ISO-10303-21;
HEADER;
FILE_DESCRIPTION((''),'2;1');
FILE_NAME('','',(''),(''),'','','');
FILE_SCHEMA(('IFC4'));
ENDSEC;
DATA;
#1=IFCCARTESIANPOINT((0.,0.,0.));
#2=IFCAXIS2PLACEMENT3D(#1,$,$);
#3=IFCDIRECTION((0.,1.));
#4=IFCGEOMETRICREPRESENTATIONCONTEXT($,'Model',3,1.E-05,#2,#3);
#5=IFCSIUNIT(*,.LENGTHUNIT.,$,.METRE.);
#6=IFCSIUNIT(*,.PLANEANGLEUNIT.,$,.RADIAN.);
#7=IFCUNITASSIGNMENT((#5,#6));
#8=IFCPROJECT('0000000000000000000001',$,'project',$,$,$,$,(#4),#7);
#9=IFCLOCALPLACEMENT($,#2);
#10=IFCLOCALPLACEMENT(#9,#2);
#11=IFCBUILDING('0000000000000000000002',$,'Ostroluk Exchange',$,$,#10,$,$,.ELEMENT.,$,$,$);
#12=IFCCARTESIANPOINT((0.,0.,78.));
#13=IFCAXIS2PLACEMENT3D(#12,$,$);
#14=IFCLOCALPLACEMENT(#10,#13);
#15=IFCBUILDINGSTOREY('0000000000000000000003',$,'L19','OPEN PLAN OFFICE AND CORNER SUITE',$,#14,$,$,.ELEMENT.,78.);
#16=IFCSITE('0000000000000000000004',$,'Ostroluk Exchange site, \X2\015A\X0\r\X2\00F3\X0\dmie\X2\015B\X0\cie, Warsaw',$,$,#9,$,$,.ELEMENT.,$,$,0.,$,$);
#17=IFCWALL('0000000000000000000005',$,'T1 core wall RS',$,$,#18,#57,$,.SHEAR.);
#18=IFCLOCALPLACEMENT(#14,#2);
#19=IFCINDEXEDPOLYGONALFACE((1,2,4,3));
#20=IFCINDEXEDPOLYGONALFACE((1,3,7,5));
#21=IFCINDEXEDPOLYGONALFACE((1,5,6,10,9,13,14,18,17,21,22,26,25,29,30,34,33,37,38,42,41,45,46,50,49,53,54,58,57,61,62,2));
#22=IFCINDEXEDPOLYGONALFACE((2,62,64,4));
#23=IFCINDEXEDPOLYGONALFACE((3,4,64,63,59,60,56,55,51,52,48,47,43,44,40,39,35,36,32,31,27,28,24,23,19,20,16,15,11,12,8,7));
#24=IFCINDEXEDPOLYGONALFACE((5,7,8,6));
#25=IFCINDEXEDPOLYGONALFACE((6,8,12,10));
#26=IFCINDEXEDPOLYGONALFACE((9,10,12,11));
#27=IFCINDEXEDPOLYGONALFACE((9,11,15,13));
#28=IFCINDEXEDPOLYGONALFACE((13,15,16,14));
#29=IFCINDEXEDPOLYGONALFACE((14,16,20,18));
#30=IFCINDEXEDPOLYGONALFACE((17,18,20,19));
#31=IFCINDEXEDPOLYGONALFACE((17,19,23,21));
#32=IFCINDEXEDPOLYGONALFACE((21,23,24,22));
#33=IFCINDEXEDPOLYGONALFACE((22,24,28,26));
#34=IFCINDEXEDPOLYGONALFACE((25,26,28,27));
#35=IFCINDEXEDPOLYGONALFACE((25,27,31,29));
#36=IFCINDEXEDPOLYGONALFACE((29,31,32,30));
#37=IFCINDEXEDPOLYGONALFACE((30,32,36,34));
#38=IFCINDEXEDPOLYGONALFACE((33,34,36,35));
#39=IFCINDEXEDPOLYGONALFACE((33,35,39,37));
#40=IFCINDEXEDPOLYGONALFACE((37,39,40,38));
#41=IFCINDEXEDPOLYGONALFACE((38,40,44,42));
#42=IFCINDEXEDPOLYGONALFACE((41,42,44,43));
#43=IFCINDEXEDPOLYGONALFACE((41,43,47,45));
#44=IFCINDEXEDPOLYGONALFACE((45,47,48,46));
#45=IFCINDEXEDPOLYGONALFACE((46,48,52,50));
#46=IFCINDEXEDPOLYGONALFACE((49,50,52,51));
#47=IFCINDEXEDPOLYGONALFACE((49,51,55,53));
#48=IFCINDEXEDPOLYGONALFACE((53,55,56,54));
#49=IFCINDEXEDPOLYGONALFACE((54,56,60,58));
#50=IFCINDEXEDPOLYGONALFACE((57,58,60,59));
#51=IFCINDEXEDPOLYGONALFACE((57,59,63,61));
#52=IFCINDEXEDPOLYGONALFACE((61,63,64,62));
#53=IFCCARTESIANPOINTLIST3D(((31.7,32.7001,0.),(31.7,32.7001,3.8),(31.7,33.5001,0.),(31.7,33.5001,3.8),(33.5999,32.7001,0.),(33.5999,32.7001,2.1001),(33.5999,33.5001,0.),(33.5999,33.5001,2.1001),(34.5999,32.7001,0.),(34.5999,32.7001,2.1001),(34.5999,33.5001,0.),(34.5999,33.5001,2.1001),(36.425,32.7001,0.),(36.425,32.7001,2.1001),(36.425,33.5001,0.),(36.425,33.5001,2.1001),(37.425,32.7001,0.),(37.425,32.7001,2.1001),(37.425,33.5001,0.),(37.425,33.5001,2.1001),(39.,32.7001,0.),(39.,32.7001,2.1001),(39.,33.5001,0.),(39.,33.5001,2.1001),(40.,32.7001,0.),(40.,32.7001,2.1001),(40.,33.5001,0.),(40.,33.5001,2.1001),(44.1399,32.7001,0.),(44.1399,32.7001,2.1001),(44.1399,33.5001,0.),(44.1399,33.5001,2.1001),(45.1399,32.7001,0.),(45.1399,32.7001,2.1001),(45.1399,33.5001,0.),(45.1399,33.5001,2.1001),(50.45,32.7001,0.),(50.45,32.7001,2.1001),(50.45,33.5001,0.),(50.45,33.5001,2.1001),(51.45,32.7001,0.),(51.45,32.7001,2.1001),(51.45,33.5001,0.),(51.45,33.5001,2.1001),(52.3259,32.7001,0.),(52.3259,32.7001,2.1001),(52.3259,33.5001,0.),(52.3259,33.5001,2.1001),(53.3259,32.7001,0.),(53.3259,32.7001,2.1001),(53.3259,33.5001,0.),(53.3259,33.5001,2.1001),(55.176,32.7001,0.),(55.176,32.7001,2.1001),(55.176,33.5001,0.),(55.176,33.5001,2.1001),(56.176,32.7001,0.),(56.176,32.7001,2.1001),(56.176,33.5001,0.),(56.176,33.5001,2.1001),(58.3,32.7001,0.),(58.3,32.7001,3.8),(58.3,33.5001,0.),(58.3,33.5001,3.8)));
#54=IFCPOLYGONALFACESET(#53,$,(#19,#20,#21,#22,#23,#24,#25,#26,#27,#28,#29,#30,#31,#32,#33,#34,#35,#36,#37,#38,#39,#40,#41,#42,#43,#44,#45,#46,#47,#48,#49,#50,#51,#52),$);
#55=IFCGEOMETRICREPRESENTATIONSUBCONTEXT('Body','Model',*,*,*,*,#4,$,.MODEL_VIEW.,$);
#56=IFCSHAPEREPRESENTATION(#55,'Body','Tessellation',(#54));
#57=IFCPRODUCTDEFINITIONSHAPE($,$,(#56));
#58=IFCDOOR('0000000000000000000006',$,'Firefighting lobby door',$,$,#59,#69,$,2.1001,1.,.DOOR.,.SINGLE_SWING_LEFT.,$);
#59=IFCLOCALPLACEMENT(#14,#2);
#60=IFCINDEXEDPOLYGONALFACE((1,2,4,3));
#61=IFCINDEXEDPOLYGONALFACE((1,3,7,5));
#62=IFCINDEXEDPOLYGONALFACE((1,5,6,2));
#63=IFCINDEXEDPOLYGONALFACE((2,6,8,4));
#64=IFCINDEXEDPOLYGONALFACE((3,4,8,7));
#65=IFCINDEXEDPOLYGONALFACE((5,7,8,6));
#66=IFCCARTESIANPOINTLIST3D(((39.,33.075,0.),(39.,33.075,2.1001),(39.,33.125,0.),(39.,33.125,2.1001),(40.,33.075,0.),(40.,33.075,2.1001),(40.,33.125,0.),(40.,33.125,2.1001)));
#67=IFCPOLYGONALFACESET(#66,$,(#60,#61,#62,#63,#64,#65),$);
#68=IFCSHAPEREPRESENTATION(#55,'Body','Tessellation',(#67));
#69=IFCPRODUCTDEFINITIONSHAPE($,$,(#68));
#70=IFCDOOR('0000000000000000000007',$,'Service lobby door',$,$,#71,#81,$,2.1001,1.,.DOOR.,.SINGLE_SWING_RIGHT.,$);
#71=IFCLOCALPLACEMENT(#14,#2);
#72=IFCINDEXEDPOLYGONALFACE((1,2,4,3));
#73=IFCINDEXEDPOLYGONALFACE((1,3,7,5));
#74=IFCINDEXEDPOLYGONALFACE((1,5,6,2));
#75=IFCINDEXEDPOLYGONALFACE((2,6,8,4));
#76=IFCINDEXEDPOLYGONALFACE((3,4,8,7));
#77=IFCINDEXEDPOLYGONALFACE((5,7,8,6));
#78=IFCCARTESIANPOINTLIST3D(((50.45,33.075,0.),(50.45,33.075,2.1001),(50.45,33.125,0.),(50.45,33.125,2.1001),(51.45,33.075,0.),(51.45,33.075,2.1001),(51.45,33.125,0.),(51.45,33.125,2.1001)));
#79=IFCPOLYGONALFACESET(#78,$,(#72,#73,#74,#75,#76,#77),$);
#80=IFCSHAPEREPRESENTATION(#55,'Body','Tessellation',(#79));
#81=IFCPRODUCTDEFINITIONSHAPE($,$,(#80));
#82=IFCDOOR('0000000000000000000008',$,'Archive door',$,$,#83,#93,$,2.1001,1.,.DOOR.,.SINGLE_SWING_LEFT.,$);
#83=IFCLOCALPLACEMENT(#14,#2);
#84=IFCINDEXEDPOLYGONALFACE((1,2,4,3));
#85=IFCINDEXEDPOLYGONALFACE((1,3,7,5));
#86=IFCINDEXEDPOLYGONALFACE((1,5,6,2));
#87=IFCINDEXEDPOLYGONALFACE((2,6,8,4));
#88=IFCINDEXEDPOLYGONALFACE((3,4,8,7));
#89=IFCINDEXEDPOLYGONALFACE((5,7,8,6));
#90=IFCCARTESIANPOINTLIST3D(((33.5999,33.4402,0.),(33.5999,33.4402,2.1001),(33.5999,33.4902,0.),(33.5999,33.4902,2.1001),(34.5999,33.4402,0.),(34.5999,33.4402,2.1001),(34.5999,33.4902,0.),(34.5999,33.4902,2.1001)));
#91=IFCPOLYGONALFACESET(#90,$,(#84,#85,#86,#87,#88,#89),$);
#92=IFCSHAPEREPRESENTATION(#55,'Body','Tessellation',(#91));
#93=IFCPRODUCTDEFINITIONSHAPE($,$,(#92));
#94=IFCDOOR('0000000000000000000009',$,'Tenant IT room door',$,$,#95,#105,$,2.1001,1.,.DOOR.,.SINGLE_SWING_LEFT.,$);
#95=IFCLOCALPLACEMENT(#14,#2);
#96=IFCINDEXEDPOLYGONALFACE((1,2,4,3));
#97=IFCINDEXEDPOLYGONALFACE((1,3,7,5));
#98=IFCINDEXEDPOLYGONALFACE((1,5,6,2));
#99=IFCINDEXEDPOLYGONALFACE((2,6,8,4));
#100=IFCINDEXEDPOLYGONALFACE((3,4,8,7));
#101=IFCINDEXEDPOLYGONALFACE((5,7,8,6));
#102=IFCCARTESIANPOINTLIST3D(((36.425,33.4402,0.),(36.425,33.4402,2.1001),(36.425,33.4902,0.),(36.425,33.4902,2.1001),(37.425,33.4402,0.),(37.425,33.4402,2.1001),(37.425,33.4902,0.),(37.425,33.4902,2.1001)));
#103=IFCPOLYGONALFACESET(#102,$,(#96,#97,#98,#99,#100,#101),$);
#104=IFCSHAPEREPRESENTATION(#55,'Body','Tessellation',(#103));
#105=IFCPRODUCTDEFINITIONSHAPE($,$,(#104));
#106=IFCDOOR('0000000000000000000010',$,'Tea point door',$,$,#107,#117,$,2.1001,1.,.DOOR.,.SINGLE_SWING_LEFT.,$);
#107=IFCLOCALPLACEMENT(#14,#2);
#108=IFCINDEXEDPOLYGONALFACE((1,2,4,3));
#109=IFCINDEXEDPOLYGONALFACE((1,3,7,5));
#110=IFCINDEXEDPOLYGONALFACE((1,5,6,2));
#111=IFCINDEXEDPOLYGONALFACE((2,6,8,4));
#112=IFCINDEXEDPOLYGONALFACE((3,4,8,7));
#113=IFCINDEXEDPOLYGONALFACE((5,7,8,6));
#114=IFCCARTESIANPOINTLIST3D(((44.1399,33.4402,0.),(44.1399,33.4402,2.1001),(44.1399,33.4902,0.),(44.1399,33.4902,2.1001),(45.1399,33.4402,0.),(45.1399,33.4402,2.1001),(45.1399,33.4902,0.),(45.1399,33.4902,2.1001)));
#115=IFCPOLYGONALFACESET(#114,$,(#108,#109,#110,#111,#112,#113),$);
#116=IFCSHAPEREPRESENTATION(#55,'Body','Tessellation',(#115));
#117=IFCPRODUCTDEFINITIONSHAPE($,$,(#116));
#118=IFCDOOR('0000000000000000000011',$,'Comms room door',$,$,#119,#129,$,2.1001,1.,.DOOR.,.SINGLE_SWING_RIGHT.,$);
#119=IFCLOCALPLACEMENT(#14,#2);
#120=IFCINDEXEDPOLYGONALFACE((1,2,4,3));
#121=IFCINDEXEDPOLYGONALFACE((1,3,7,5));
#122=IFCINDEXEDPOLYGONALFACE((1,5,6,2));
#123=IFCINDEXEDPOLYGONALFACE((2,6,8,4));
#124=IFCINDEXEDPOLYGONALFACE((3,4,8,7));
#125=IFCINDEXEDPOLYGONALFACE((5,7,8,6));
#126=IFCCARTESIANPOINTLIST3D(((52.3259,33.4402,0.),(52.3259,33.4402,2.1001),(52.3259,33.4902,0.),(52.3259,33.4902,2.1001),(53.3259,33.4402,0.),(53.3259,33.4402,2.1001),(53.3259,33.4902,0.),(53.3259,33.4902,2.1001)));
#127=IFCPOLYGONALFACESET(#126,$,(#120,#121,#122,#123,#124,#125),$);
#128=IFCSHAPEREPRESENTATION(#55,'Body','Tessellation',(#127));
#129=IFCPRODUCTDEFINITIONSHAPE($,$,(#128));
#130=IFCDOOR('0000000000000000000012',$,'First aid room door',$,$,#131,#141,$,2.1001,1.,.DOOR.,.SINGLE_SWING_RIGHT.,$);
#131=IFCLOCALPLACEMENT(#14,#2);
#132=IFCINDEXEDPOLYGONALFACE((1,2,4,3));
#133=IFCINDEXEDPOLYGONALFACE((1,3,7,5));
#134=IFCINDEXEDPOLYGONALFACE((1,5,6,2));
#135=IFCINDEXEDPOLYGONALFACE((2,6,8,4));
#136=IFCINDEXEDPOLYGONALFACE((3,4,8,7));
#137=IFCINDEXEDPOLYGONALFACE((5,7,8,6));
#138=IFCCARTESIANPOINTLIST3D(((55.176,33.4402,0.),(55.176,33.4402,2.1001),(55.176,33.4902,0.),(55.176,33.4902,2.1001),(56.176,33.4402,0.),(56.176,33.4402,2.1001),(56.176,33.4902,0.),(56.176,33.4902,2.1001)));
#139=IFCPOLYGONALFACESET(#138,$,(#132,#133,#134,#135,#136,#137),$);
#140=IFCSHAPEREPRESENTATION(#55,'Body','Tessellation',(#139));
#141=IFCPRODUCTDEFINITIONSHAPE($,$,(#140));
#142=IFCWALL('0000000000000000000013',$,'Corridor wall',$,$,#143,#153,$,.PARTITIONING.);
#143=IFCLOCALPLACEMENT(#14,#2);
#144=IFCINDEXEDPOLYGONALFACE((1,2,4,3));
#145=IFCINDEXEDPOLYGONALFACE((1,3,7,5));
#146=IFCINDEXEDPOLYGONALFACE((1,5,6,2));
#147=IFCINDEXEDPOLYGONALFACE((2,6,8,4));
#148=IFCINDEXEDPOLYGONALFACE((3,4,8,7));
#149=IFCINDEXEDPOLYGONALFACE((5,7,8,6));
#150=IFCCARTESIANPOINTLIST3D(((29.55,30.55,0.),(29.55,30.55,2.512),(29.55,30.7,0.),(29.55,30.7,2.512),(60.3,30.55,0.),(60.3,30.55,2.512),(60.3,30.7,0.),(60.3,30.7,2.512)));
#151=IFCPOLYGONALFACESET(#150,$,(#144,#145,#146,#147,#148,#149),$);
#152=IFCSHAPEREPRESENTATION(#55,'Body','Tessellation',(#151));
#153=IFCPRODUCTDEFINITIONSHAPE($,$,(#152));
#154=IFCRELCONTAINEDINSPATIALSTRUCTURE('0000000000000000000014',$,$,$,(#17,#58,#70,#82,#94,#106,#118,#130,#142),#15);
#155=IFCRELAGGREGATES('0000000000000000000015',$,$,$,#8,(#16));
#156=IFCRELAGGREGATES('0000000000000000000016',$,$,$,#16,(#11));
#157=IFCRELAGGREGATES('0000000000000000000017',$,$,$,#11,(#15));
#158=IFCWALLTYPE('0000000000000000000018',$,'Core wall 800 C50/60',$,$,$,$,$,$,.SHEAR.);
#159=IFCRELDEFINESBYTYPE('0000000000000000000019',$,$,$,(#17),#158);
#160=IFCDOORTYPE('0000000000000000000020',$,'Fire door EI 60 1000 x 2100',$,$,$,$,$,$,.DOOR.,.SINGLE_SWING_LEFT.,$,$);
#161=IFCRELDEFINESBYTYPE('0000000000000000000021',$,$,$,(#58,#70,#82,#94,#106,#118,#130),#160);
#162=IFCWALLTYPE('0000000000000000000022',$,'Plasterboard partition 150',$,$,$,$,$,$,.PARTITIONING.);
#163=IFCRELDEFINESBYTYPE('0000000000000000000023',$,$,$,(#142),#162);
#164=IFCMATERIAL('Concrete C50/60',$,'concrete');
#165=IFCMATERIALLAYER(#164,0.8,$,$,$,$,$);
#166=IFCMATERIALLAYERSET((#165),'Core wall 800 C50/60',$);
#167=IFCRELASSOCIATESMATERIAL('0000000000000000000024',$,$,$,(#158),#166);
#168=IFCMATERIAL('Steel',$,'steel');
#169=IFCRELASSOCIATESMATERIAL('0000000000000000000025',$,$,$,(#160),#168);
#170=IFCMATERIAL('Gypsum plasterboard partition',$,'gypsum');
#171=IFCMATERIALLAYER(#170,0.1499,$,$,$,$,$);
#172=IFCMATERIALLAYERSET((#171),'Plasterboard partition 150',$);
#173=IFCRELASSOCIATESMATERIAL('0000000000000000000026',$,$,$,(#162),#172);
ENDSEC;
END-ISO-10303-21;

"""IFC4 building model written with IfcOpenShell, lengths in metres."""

from ifc_helpers import new_model, si_unit, direction, frame, frame_2d, origin, place, context, subcontext, project, spatial, rectangle, extrude, material, layer, layer_set, type_object, element, fill, save


model = new_model("IFC4")

# Units and contexts
model_context = context("Model", 3, precision=1e-05, world=origin(), true_north=direction((0.0, 1.0)))
body_context = subcontext(model_context, "Body", "Model", "MODEL_VIEW")
ifc_project = project(units=[si_unit("LENGTHUNIT", "METRE"), si_unit("PLANEANGLEUNIT", "RADIAN")], contexts=[model_context])

# Site, building, storey
site_placement = place(None, origin())
site = spatial("IfcSite", under=ifc_project, at=site_placement, Name="Ostroluk Exchange site, Śródmieście, Warsaw", CompositionType="ELEMENT", RefElevation=0.0)
building_placement = place(site_placement, origin())
building = spatial("IfcBuilding", under=site, at=building_placement, Name="Ostroluk Exchange", CompositionType="ELEMENT")
storey_placement = place(building_placement, frame((0.0, 0.0, 78.0)))
storey = spatial("IfcBuildingStorey", under=building, at=storey_placement, Name="L19", Description="OPEN PLAN OFFICE AND CORNER SUITE", CompositionType="ELEMENT", Elevation=78.0)

# Wall, openings, doors
ifc_material_1 = material(Name="Concrete C50/60", Category="concrete")
ifc_layer_1 = layer(ifc_material_1, 0.8)
ifc_layer_set_1 = layer_set([ifc_layer_1], Name="Core wall 800 C50/60")
wall_type_1 = type_object("IfcWallType", Name="Core wall 800 C50/60", PredefinedType="SHEAR", material=ifc_layer_set_1)
wall_1_placement = place(storey_placement, frame((31.7, 33.1001, 0.0), z_axis=(0.0, 0.0, 1.0), x_axis=(1.0, 0.0, 0.0)))
wall_1 = element("IfcWall", 1, at=wall_1_placement, inside=storey, type_object=wall_type_1, Name="T1 core wall RS", PredefinedType="SHEAR", context=body_context, shape_type="SweptSolid", body=[
    extrude(rectangle(XDim=26.6001, YDim=0.8, at=frame_2d((13.3, 0.0))), origin(), (0.0, 0.0, 1.0), 3.8),
])
opening_1_placement = place(wall_1_placement, frame((7.3, 0.0, 0.0)))
opening_1 = element("IfcOpeningElement", 2, at=opening_1_placement, cuts=wall_1, PredefinedType="OPENING", context=body_context, shape_type="SweptSolid", body=[
    extrude(rectangle(XDim=1.0, YDim=2.1001, at=frame_2d((0.5, 1.05))), frame((0.0, 0.4099, 0.0), z_axis=(0.0, -1.0, 0.0), x_axis=(1.0, 0.0, 0.0)), (0.0, 0.0, 1.0), 0.8201),
])
opening_2_placement = place(wall_1_placement, frame((18.75, 0.0, 0.0)))
opening_2 = element("IfcOpeningElement", 3, at=opening_2_placement, cuts=wall_1, PredefinedType="OPENING", context=body_context, shape_type="SweptSolid", body=[
    extrude(rectangle(XDim=1.0, YDim=2.1001, at=frame_2d((0.5, 1.05))), frame((0.0, 0.4099, 0.0), z_axis=(0.0, -1.0, 0.0), x_axis=(1.0, 0.0, 0.0)), (0.0, 0.0, 1.0), 0.8201),
])
opening_3_placement = place(wall_1_placement, frame((1.8999, 0.0, 0.0)))
opening_3 = element("IfcOpeningElement", 4, at=opening_3_placement, cuts=wall_1, PredefinedType="OPENING", context=body_context, shape_type="SweptSolid", body=[
    extrude(rectangle(XDim=1.0, YDim=2.1001, at=frame_2d((0.5, 1.05))), frame((0.0, 0.4099, 0.0), z_axis=(0.0, -1.0, 0.0), x_axis=(1.0, 0.0, 0.0)), (0.0, 0.0, 1.0), 0.8201),
])
opening_4_placement = place(wall_1_placement, frame((4.7251, 0.0, 0.0)))
opening_4 = element("IfcOpeningElement", 5, at=opening_4_placement, cuts=wall_1, PredefinedType="OPENING", context=body_context, shape_type="SweptSolid", body=[
    extrude(rectangle(XDim=1.0, YDim=2.1001, at=frame_2d((0.5, 1.05))), frame((0.0, 0.4099, 0.0), z_axis=(0.0, -1.0, 0.0), x_axis=(1.0, 0.0, 0.0)), (0.0, 0.0, 1.0), 0.8201),
])
opening_5_placement = place(wall_1_placement, frame((12.4399, 0.0, 0.0)))
opening_5 = element("IfcOpeningElement", 6, at=opening_5_placement, cuts=wall_1, PredefinedType="OPENING", context=body_context, shape_type="SweptSolid", body=[
    extrude(rectangle(XDim=1.0, YDim=2.1001, at=frame_2d((0.5, 1.05))), frame((0.0, 0.4099, 0.0), z_axis=(0.0, -1.0, 0.0), x_axis=(1.0, 0.0, 0.0)), (0.0, 0.0, 1.0), 0.8201),
])
opening_6_placement = place(wall_1_placement, frame((20.626, 0.0, 0.0)))
opening_6 = element("IfcOpeningElement", 7, at=opening_6_placement, cuts=wall_1, PredefinedType="OPENING", context=body_context, shape_type="SweptSolid", body=[
    extrude(rectangle(XDim=1.0, YDim=2.1001, at=frame_2d((0.5, 1.05))), frame((0.0, 0.4099, 0.0), z_axis=(0.0, -1.0, 0.0), x_axis=(1.0, 0.0, 0.0)), (0.0, 0.0, 1.0), 0.8201),
])
opening_7_placement = place(wall_1_placement, frame((23.4761, 0.0, 0.0)))
opening_7 = element("IfcOpeningElement", 8, at=opening_7_placement, cuts=wall_1, PredefinedType="OPENING", context=body_context, shape_type="SweptSolid", body=[
    extrude(rectangle(XDim=1.0, YDim=2.1001, at=frame_2d((0.5, 1.05))), frame((0.0, 0.4099, 0.0), z_axis=(0.0, -1.0, 0.0), x_axis=(1.0, 0.0, 0.0)), (0.0, 0.0, 1.0), 0.8201),
])
ifc_material_2 = material(Name="Steel", Category="steel")
door_type_1 = type_object("IfcDoorType", Name="Fire door EI 60 1000 x 2100", OperationType="SINGLE_SWING_LEFT", PredefinedType="DOOR", material=ifc_material_2)
door_1_placement = place(opening_1_placement, origin())
door_1 = element("IfcDoor", 9, at=door_1_placement, inside=storey, type_object=door_type_1, Name="Firefighting lobby door", OperationType="SINGLE_SWING_LEFT", OverallHeight=2.1001, OverallWidth=1.0, PredefinedType="DOOR", context=body_context, shape_type="SweptSolid", body=[
    extrude(rectangle(XDim=1.0, YDim=2.1001, at=frame_2d((0.5, 1.05))), frame((0.0, 0.0249, 0.0), z_axis=(0.0, -1.0, 0.0), x_axis=(1.0, 0.0, 0.0)), (0.0, 0.0, 1.0), 0.05),
])
fill(opening_1, door_1)
door_2_placement = place(opening_2_placement, origin())
door_2 = element("IfcDoor", 10, at=door_2_placement, inside=storey, type_object=door_type_1, Name="Service lobby door", OperationType="SINGLE_SWING_RIGHT", OverallHeight=2.1001, OverallWidth=1.0, PredefinedType="DOOR", context=body_context, shape_type="SweptSolid", body=[
    extrude(rectangle(XDim=1.0, YDim=2.1001, at=frame_2d((0.5, 1.05))), frame((0.0, 0.0249, 0.0), z_axis=(0.0, -1.0, 0.0), x_axis=(1.0, 0.0, 0.0)), (0.0, 0.0, 1.0), 0.05),
])
fill(opening_2, door_2)
door_3_placement = place(opening_3_placement, origin())
door_3 = element("IfcDoor", 11, at=door_3_placement, inside=storey, type_object=door_type_1, Name="Archive door", OperationType="SINGLE_SWING_LEFT", OverallHeight=2.1001, OverallWidth=1.0, PredefinedType="DOOR", context=body_context, shape_type="SweptSolid", body=[
    extrude(rectangle(XDim=1.0, YDim=2.1001, at=frame_2d((0.5, 1.05))), frame((0.0, 0.3901, 0.0), z_axis=(0.0, -1.0, 0.0), x_axis=(1.0, 0.0, 0.0)), (0.0, 0.0, 1.0), 0.05),
])
fill(opening_3, door_3)
door_4_placement = place(opening_4_placement, origin())
door_4 = element("IfcDoor", 12, at=door_4_placement, inside=storey, type_object=door_type_1, Name="Tenant IT room door", OperationType="SINGLE_SWING_LEFT", OverallHeight=2.1001, OverallWidth=1.0, PredefinedType="DOOR", context=body_context, shape_type="SweptSolid", body=[
    extrude(rectangle(XDim=1.0, YDim=2.1001, at=frame_2d((0.5, 1.05))), frame((0.0, 0.3901, 0.0), z_axis=(0.0, -1.0, 0.0), x_axis=(1.0, 0.0, 0.0)), (0.0, 0.0, 1.0), 0.05),
])
fill(opening_4, door_4)
door_5_placement = place(opening_5_placement, origin())
door_5 = element("IfcDoor", 13, at=door_5_placement, inside=storey, type_object=door_type_1, Name="Tea point door", OperationType="SINGLE_SWING_LEFT", OverallHeight=2.1001, OverallWidth=1.0, PredefinedType="DOOR", context=body_context, shape_type="SweptSolid", body=[
    extrude(rectangle(XDim=1.0, YDim=2.1001, at=frame_2d((0.5, 1.05))), frame((0.0, 0.3901, 0.0), z_axis=(0.0, -1.0, 0.0), x_axis=(1.0, 0.0, 0.0)), (0.0, 0.0, 1.0), 0.05),
])
fill(opening_5, door_5)
door_6_placement = place(opening_6_placement, origin())
door_6 = element("IfcDoor", 14, at=door_6_placement, inside=storey, type_object=door_type_1, Name="Comms room door", OperationType="SINGLE_SWING_RIGHT", OverallHeight=2.1001, OverallWidth=1.0, PredefinedType="DOOR", context=body_context, shape_type="SweptSolid", body=[
    extrude(rectangle(XDim=1.0, YDim=2.1001, at=frame_2d((0.5, 1.05))), frame((0.0, 0.3901, 0.0), z_axis=(0.0, -1.0, 0.0), x_axis=(1.0, 0.0, 0.0)), (0.0, 0.0, 1.0), 0.05),
])
fill(opening_6, door_6)
door_7_placement = place(opening_7_placement, origin())
door_7 = element("IfcDoor", 15, at=door_7_placement, inside=storey, type_object=door_type_1, Name="First aid room door", OperationType="SINGLE_SWING_RIGHT", OverallHeight=2.1001, OverallWidth=1.0, PredefinedType="DOOR", context=body_context, shape_type="SweptSolid", body=[
    extrude(rectangle(XDim=1.0, YDim=2.1001, at=frame_2d((0.5, 1.05))), frame((0.0, 0.3901, 0.0), z_axis=(0.0, -1.0, 0.0), x_axis=(1.0, 0.0, 0.0)), (0.0, 0.0, 1.0), 0.05),
])
fill(opening_7, door_7)

# Wall
ifc_material_3 = material(Name="Gypsum plasterboard partition", Category="gypsum")
ifc_layer_2 = layer(ifc_material_3, 0.1499)
ifc_layer_set_2 = layer_set([ifc_layer_2], Name="Plasterboard partition 150")
wall_type_2 = type_object("IfcWallType", Name="Plasterboard partition 150", PredefinedType="PARTITIONING", material=ifc_layer_set_2)
wall_2_placement = place(storey_placement, frame((29.55, 30.625, 0.0), z_axis=(0.0, 0.0, 1.0), x_axis=(1.0, 0.0, 0.0)))
element("IfcWall", 16, at=wall_2_placement, inside=storey, type_object=wall_type_2, Name="Corridor wall", PredefinedType="PARTITIONING", context=body_context, shape_type="SweptSolid", body=[
    extrude(rectangle(XDim=30.75, YDim=0.1499, at=frame_2d((15.375, 0.0))), origin(), (0.0, 0.0, 1.0), 2.512),
])

save(model, "model.ifc")
